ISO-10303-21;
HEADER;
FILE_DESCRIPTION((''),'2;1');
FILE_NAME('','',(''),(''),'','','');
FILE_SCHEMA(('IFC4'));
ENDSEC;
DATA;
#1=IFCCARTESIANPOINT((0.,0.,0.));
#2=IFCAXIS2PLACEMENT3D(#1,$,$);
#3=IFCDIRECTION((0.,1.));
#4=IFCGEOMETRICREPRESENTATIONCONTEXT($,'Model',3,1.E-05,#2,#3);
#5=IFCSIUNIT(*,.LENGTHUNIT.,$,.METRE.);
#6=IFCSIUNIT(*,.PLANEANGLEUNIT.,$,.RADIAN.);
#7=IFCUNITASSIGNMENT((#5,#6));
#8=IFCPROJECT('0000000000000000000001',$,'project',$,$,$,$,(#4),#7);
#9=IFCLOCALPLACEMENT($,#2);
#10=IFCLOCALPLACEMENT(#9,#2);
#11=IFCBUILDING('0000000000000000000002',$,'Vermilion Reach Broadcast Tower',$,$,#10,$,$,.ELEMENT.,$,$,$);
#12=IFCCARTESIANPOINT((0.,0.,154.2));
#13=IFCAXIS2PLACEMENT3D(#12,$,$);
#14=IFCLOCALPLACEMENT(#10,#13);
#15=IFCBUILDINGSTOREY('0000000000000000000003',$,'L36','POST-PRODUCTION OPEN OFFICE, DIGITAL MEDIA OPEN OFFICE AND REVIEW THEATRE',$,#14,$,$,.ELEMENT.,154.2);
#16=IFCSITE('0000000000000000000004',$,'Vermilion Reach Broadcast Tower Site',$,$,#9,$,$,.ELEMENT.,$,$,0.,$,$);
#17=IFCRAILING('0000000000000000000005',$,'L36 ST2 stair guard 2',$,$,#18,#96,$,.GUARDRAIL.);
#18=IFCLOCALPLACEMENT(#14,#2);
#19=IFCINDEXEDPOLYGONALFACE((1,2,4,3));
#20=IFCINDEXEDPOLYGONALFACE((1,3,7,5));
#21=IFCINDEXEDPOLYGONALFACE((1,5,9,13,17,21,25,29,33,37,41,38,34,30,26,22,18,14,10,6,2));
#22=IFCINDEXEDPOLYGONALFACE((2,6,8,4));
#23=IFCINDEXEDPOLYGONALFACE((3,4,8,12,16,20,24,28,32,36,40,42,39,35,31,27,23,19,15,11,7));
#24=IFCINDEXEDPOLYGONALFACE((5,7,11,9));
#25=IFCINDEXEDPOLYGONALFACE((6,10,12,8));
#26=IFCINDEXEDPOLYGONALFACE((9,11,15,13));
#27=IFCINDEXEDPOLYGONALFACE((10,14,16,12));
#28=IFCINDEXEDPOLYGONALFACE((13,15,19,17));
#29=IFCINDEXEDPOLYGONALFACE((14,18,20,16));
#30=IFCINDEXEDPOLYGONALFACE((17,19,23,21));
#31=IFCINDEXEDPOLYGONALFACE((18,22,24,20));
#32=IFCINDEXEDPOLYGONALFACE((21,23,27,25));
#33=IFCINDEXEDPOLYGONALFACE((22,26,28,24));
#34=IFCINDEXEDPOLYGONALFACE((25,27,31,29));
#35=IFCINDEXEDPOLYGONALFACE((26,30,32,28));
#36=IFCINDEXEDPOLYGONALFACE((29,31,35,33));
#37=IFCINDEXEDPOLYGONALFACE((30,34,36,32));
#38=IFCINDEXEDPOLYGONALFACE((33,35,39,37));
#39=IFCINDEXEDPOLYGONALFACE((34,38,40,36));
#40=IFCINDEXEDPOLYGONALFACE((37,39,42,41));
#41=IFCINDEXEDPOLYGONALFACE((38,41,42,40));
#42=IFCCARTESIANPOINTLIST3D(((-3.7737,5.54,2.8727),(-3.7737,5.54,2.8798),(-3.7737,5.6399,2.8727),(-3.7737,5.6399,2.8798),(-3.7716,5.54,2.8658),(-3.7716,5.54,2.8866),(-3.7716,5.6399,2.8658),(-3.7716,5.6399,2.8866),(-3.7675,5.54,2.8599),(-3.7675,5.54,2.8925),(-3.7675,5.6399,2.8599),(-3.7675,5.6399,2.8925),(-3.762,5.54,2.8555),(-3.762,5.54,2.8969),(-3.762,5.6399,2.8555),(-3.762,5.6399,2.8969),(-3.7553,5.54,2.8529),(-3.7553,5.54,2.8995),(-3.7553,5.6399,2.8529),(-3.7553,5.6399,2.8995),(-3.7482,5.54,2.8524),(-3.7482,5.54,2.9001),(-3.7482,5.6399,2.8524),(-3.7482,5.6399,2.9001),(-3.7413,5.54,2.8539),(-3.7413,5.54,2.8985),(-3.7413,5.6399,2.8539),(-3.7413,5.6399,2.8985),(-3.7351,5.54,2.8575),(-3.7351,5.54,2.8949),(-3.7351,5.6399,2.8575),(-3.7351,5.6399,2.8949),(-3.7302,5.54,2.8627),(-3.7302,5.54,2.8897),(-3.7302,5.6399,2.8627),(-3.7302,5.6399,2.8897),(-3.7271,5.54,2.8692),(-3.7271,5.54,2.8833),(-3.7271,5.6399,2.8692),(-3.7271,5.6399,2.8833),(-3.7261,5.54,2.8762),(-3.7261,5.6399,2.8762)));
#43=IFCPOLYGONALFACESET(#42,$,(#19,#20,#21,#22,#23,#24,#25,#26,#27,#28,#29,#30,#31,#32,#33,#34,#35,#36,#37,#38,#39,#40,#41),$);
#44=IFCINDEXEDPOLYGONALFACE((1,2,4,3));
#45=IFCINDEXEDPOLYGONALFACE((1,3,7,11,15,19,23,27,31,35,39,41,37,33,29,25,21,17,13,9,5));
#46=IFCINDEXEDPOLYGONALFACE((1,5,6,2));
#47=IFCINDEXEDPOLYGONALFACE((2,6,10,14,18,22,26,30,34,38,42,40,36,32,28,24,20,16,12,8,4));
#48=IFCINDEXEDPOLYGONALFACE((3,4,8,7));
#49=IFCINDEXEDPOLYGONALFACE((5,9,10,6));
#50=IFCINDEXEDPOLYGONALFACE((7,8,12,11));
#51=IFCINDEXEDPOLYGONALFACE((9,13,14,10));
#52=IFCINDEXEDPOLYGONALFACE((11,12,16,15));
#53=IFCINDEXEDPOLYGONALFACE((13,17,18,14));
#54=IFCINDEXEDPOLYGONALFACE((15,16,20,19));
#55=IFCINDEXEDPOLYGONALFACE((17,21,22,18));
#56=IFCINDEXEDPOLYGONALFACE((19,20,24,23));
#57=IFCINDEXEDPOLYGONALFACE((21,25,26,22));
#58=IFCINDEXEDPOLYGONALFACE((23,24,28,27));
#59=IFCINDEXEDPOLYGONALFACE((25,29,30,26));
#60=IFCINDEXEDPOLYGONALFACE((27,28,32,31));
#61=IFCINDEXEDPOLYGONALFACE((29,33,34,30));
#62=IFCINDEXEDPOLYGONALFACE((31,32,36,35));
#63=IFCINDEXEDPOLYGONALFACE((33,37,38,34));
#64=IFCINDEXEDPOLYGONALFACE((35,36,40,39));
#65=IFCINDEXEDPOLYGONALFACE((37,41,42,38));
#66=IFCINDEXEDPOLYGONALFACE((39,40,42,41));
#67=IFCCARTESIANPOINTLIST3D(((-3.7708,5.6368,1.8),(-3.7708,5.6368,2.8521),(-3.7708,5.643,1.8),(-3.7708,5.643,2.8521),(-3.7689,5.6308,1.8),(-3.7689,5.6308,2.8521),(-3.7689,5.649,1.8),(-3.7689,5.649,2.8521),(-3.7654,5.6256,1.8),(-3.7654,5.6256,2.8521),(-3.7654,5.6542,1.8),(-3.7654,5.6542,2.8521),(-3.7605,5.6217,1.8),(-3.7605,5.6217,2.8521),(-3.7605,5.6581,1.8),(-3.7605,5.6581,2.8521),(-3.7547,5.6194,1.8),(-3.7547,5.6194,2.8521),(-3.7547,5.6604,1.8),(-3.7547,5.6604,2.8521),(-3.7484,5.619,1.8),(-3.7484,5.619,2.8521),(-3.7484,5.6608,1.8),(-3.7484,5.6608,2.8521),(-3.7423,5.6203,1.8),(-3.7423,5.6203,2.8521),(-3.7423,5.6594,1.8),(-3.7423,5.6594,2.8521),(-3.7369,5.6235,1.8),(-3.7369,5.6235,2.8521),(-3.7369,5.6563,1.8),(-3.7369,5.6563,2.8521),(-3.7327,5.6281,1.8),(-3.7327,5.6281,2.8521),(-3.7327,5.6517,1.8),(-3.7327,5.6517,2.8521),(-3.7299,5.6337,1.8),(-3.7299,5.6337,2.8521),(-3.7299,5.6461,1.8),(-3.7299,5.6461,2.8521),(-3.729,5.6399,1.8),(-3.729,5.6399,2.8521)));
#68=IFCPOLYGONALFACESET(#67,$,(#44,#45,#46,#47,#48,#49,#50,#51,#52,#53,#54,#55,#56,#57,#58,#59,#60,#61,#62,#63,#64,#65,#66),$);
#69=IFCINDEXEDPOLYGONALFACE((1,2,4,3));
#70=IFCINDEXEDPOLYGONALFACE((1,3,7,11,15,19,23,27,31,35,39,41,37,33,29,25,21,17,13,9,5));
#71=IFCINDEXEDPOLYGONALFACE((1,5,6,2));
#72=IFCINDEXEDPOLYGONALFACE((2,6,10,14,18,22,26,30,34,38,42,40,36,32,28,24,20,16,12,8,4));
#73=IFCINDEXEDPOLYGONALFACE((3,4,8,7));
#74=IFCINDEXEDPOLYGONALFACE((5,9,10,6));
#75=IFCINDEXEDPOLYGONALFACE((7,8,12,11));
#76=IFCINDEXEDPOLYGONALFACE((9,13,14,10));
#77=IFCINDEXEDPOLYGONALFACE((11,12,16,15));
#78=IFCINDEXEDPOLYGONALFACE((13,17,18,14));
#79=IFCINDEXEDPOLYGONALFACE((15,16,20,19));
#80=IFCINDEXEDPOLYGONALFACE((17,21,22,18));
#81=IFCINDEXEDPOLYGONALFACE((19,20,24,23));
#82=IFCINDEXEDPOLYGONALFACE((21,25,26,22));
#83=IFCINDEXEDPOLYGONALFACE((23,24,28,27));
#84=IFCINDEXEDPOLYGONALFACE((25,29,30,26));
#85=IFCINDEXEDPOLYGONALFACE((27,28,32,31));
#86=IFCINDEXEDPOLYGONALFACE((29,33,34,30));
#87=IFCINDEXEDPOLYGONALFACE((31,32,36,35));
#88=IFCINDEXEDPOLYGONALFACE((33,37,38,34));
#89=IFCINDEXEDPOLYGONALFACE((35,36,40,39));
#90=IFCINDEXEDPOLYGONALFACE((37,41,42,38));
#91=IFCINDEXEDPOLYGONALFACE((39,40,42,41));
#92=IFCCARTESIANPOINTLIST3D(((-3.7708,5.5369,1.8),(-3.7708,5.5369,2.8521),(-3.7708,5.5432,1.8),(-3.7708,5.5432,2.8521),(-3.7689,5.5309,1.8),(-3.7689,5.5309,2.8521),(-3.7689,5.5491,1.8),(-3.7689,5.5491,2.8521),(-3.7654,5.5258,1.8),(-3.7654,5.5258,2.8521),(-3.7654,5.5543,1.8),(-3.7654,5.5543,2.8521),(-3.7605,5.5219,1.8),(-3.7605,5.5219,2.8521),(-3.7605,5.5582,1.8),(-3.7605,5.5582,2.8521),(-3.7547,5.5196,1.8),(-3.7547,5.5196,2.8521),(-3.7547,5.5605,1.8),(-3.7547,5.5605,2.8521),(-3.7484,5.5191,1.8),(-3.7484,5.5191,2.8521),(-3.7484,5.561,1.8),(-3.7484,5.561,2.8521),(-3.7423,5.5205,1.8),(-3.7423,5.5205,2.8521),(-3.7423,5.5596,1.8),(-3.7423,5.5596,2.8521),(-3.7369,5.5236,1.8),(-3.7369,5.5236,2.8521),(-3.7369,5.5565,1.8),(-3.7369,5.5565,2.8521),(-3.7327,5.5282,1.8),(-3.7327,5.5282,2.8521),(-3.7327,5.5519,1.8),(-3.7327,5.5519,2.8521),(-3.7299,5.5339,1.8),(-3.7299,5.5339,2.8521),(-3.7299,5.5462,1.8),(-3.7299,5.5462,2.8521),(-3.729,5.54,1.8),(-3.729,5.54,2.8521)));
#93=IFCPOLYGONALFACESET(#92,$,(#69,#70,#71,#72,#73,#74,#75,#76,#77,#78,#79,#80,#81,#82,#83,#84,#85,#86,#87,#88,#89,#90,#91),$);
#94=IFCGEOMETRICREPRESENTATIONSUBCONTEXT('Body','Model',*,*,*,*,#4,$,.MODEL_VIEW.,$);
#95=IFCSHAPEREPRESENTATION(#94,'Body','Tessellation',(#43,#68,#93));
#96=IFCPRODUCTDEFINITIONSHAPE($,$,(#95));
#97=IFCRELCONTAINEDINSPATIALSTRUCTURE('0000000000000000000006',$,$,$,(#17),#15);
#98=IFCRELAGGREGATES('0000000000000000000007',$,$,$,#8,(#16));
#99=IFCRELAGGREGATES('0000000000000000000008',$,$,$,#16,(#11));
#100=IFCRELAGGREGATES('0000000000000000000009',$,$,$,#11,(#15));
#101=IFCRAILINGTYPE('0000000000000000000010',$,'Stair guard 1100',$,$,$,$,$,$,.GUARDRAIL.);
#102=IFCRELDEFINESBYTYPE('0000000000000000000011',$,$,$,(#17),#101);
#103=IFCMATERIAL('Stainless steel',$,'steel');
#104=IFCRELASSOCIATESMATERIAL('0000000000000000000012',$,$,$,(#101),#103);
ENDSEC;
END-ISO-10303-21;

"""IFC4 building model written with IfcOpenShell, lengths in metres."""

from ifc_helpers import new_model, si_unit, direction, frame, origin, origin_2d, place, context, subcontext, project, spatial, circle, extrude, material, type_object, element, save


model = new_model("IFC4")

# Units and contexts
model_context = context("Model", 3, precision=1e-05, world=origin(), true_north=direction((0.0, 1.0)))
body_context = subcontext(model_context, "Body", "Model", "MODEL_VIEW")
ifc_project = project(units=[si_unit("LENGTHUNIT", "METRE"), si_unit("PLANEANGLEUNIT", "RADIAN")], contexts=[model_context])

# Site, building, storey
site_placement = place(None, origin())
site = spatial("IfcSite", under=ifc_project, at=site_placement, Name="Vermilion Reach Broadcast Tower Site", CompositionType="ELEMENT", RefElevation=0.0)
building_placement = place(site_placement, origin())
building = spatial("IfcBuilding", under=site, at=building_placement, Name="Vermilion Reach Broadcast Tower", CompositionType="ELEMENT")
storey_placement = place(building_placement, frame((0.0, 0.0, 154.2)))
storey = spatial("IfcBuildingStorey", under=building, at=storey_placement, Name="L36", Description="POST-PRODUCTION OPEN OFFICE, DIGITAL MEDIA OPEN OFFICE AND REVIEW THEATRE", CompositionType="ELEMENT", Elevation=154.2)

# Railing
ifc_material_1 = material(Name="Stainless steel", Category="steel")
railing_type_1 = type_object("IfcRailingType", Name="Stair guard 1100", PredefinedType="GUARDRAIL", material=ifc_material_1)
railing_1_placement = place(storey_placement, frame((-3.75, 5.6399, 1.8)))
element("IfcRailing", 1, at=railing_1_placement, inside=storey, type_object=railing_type_1, Name="L36 ST2 stair guard 2", PredefinedType="GUARDRAIL", context=body_context, shape_type="SweptSolid", body=[
    extrude(circle(Radius=0.0239, at=origin_2d()), frame((0.0, 0.0, 1.0762), z_axis=(0.0, -1.0, 0.0), x_axis=(1.0, 0.0, 0.0)), (0.0, 0.0, 1.0), 0.0999),
    extrude(circle(Radius=0.021, at=origin_2d()), origin(), (0.0, 0.0, 1.0), 1.052),
    extrude(circle(Radius=0.021, at=origin_2d()), frame((0.0, -0.0999, 0.0)), (0.0, 0.0, 1.0), 1.052),
])

save(model, "model.ifc")
